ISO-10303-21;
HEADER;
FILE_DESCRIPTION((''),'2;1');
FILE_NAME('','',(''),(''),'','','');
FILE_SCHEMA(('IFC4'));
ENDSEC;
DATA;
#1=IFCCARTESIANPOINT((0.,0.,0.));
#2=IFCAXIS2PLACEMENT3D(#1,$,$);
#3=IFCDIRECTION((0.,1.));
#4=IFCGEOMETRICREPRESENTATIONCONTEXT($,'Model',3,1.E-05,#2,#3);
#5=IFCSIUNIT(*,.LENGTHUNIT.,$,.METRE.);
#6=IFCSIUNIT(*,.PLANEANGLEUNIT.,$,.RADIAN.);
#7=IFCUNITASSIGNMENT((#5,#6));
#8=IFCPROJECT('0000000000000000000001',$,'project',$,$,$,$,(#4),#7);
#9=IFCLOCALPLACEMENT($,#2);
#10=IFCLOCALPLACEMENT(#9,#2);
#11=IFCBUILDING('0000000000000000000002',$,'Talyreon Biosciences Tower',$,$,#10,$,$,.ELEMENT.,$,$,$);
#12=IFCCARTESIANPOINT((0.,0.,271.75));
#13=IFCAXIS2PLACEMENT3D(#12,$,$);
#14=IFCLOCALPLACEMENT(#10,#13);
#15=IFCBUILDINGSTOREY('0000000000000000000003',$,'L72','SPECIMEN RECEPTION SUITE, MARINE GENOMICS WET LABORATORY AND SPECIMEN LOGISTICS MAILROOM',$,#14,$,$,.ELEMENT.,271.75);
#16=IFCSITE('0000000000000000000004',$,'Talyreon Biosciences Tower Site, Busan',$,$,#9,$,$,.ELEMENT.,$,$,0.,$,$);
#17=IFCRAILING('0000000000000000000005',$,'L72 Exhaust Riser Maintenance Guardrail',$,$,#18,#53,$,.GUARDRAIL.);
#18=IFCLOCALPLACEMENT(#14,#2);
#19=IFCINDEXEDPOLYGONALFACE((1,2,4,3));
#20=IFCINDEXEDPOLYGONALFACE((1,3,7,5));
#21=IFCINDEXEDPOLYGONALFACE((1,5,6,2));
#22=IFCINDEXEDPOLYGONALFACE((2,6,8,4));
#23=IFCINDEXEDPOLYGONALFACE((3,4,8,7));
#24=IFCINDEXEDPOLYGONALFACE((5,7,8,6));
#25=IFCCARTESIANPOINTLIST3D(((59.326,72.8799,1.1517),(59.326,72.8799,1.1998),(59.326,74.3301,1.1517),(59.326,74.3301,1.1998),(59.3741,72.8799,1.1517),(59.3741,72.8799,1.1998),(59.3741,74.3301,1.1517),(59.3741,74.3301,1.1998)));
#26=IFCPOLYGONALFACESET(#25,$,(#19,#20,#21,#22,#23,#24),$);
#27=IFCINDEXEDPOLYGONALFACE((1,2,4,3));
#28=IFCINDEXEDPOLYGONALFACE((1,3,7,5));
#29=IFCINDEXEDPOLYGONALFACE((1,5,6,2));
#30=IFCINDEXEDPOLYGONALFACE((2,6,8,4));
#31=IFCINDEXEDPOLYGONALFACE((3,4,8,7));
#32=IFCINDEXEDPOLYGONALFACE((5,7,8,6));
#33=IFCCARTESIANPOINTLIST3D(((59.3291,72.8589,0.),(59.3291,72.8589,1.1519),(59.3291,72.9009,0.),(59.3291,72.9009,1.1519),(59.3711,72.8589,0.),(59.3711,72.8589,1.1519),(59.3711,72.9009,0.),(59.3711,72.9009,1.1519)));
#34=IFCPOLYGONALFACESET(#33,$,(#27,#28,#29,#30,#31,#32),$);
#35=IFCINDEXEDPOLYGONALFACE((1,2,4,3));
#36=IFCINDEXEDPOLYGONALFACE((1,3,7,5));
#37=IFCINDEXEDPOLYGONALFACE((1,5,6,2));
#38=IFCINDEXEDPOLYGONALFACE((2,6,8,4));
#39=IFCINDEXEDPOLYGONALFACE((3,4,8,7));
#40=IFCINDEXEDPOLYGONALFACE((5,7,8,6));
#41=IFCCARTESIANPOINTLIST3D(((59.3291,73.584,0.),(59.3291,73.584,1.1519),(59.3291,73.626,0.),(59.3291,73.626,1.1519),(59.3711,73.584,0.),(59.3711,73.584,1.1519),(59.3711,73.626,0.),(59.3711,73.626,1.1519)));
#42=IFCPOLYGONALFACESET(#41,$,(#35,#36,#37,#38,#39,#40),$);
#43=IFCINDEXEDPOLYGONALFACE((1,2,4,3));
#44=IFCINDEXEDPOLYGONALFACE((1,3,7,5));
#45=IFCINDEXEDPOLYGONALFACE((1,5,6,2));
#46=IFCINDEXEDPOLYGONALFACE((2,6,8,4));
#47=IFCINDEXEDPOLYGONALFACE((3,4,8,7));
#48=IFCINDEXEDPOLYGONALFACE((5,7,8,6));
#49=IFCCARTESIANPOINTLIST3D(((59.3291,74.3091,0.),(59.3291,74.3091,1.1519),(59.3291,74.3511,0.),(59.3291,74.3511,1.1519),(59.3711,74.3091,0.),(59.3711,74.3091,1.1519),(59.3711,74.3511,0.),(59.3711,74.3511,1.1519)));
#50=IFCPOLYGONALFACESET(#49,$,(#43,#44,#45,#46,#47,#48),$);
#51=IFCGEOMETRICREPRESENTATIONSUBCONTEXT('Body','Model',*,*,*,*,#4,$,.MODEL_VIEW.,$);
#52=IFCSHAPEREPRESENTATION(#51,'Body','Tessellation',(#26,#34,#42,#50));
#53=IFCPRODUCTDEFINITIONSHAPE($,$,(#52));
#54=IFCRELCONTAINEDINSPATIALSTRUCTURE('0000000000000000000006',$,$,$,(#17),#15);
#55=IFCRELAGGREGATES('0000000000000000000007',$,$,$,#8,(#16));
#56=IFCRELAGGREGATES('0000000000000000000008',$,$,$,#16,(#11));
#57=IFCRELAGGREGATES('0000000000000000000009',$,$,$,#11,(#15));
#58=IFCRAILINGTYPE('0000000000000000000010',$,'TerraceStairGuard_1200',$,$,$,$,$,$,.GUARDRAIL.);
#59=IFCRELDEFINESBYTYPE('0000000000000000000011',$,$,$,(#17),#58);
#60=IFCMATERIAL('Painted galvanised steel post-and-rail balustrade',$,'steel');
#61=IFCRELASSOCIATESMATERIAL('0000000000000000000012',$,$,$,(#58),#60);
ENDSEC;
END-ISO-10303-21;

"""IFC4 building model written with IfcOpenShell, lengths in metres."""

from ifc_helpers import new_model, si_unit, direction, frame, origin, origin_2d, place, context, subcontext, project, spatial, rectangle, extrude, material, type_object, element, save


model = new_model("IFC4")

# Units and contexts
model_context = context("Model", 3, precision=1e-05, world=origin(), true_north=direction((0.0, 1.0)))
body_context = subcontext(model_context, "Body", "Model", "MODEL_VIEW")
ifc_project = project(units=[si_unit("LENGTHUNIT", "METRE"), si_unit("PLANEANGLEUNIT", "RADIAN")], contexts=[model_context])

# Site, building, storey
site_placement = place(None, origin())
site = spatial("IfcSite", under=ifc_project, at=site_placement, Name="Talyreon Biosciences Tower Site, Busan", CompositionType="ELEMENT", RefElevation=0.0)
building_placement = place(site_placement, origin())
building = spatial("IfcBuilding", under=site, at=building_placement, Name="Talyreon Biosciences Tower", CompositionType="ELEMENT")
storey_placement = place(building_placement, frame((0.0, 0.0, 271.75)))
storey = spatial("IfcBuildingStorey", under=building, at=storey_placement, Name="L72", Description="SPECIMEN RECEPTION SUITE, MARINE GENOMICS WET LABORATORY AND SPECIMEN LOGISTICS MAILROOM", CompositionType="ELEMENT", Elevation=271.75)

# Railing
ifc_material_1 = material(Name="Painted galvanised steel post-and-rail balustrade", Category="steel")
railing_type = type_object("IfcRailingType", Name="TerraceStairGuard_1200", PredefinedType="GUARDRAIL", material=ifc_material_1)
railing_placement = place(storey_placement, frame((59.3501, 72.8799, 0.0)))
element("IfcRailing", 1, at=railing_placement, inside=storey, type_object=railing_type, Name="L72 Exhaust Riser Maintenance Guardrail", PredefinedType="GUARDRAIL", context=body_context, shape_type="SweptSolid", body=[
    extrude(rectangle(XDim=0.0481, YDim=0.0481, at=origin_2d()), frame((0.0, 0.0, 1.1758), z_axis=(0.0, 1.0, 0.0), x_axis=(-1.0, 0.0, 0.0)), (0.0, 0.0, 1.0), 1.4502),
    extrude(rectangle(XDim=0.042, YDim=0.042, at=origin_2d()), origin(), (0.0, 0.0, 1.0), 1.1519),
    extrude(rectangle(XDim=0.042, YDim=0.042, at=origin_2d()), frame((0.0, 0.7251, 0.0)), (0.0, 0.0, 1.0), 1.1519),
    extrude(rectangle(XDim=0.042, YDim=0.042, at=origin_2d()), frame((0.0, 1.4502, 0.0)), (0.0, 0.0, 1.0), 1.1519),
])

save(model, "model.ifc")
